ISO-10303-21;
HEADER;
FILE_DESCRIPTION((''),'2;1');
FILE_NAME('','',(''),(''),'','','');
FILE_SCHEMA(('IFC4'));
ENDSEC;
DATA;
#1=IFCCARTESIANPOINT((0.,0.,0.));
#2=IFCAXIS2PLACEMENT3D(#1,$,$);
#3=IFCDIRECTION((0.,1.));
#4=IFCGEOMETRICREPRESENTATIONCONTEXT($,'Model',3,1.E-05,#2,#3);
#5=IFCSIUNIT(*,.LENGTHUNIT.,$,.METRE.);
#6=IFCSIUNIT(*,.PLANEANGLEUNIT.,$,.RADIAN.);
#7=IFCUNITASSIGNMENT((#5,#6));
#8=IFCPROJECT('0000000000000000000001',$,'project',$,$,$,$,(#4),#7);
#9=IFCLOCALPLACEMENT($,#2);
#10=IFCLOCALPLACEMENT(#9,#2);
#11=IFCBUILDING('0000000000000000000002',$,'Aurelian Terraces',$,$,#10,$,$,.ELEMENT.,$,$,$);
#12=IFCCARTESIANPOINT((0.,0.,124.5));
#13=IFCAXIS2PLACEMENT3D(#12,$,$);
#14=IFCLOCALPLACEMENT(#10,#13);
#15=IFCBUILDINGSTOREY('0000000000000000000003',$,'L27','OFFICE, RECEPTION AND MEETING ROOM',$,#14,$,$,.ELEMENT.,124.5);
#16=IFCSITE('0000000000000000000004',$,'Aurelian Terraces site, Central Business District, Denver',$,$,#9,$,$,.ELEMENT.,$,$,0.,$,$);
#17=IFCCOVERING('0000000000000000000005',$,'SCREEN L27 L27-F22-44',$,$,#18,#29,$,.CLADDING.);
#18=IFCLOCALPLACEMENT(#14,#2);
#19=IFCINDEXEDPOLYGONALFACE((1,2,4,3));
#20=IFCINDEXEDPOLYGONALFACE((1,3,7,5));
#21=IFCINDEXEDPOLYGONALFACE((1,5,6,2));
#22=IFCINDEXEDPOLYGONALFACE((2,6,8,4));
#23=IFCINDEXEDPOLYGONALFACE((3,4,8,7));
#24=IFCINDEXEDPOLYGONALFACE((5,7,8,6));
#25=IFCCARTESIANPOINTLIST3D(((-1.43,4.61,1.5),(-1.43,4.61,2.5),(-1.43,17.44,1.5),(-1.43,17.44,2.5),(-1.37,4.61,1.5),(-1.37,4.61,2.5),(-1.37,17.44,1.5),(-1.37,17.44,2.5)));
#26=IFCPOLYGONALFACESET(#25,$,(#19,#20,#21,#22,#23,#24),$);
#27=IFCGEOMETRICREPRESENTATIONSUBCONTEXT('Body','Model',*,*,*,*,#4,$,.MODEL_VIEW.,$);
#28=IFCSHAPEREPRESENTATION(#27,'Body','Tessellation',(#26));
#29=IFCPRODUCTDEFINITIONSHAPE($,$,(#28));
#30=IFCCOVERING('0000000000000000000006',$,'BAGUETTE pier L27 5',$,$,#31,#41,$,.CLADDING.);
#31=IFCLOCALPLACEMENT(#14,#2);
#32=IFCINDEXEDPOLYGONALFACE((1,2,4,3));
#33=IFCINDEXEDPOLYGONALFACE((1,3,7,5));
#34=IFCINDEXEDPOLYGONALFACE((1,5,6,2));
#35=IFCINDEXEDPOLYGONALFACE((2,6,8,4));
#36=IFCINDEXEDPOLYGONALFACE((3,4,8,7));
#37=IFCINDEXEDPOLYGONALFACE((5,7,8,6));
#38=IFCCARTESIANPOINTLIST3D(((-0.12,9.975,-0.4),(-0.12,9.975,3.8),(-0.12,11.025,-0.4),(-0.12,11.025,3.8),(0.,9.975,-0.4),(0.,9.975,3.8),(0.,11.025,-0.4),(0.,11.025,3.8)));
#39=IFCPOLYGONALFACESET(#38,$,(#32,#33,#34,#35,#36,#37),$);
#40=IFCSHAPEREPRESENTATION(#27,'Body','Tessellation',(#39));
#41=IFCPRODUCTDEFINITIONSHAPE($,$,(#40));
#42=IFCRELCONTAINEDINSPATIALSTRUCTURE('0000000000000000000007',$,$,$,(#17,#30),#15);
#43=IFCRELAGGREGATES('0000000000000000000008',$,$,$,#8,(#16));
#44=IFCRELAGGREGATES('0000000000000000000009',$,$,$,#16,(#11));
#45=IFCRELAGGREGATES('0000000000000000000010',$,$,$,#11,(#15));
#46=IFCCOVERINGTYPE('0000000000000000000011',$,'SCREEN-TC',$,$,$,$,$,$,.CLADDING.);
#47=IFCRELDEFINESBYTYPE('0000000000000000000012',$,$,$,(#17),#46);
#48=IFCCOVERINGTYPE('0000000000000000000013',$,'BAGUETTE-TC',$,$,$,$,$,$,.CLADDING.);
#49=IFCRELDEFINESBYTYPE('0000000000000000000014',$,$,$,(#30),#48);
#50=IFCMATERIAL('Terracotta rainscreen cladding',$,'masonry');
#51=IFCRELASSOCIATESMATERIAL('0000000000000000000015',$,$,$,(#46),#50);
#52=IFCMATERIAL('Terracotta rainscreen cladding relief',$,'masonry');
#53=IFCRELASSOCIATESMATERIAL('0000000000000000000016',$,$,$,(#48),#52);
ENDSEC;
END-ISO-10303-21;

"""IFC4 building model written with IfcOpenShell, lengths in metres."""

from ifc_helpers import new_model, si_unit, direction, frame, origin, origin_2d, place, context, subcontext, project, spatial, rectangle, extrude, source, transform, mapped, material, type_object, element, save


model = new_model("IFC4")

# Units and contexts
model_context = context("Model", 3, precision=1e-05, world=origin(), true_north=direction((0.0, 1.0)))
body_context = subcontext(model_context, "Body", "Model", "MODEL_VIEW")
ifc_project = project(units=[si_unit("LENGTHUNIT", "METRE"), si_unit("PLANEANGLEUNIT", "RADIAN")], contexts=[model_context])

# Site, building, storey
site_placement = place(None, origin())
site = spatial("IfcSite", under=ifc_project, at=site_placement, Name="Aurelian Terraces site, Central Business District, Denver", CompositionType="ELEMENT", RefElevation=0.0)
building_placement = place(site_placement, origin())
building = spatial("IfcBuilding", under=site, at=building_placement, Name="Aurelian Terraces", CompositionType="ELEMENT")
storey_placement = place(building_placement, frame((0.0, 0.0, 124.5)))
storey = spatial("IfcBuildingStorey", under=building, at=storey_placement, Name="L27", Description="OFFICE, RECEPTION AND MEETING ROOM", CompositionType="ELEMENT", Elevation=124.5)

# Shared definitions
ifc_material_1 = material(Name="Terracotta rainscreen cladding", Category="masonry")

# Coverings
ifc_material_2 = material(Name="Terracotta rainscreen cladding relief", Category="masonry")
covering_type_1 = type_object("IfcCoveringType", Name="SCREEN-TC", PredefinedType="CLADDING", material=ifc_material_1)
shared_shape_1 = source(origin(), body_context, "Body", "SweptSolid", [
    extrude(rectangle(XDim=0.06, YDim=12.83, at=origin_2d()), origin(), (0.0, 0.0, 1.0), 1.0),
])
covering_1_placement = place(storey_placement, frame((-1.4, 11.025, 1.5), z_axis=(0.0, 0.0, 1.0), x_axis=(1.0, 0.0, 0.0)))
element("IfcCovering", 1, at=covering_1_placement, inside=storey, type_object=covering_type_1, Name="SCREEN L27 L27-F22-44", PredefinedType="CLADDING", context=body_context, shape_type="MappedRepresentation", body=[
    mapped(shared_shape_1, transform((0.0, 0.0, 0.0), scale=1.0)),
])
covering_type_2 = type_object("IfcCoveringType", Name="BAGUETTE-TC", PredefinedType="CLADDING", material=ifc_material_2)
shared_shape_2 = source(origin(), body_context, "Body", "SweptSolid", [
    extrude(rectangle(XDim=0.12, YDim=1.05, at=origin_2d()), origin(), (0.0, 0.0, 1.0), 4.2),
])
covering_2_placement = place(storey_placement, frame((-0.06, 10.5, -0.4), z_axis=(0.0, 0.0, 1.0), x_axis=(1.0, 0.0, 0.0)))
element("IfcCovering", 2, at=covering_2_placement, inside=storey, type_object=covering_type_2, Name="BAGUETTE pier L27 5", PredefinedType="CLADDING", context=body_context, shape_type="MappedRepresentation", body=[
    mapped(shared_shape_2, transform((0.0, 0.0, 0.0), scale=1.0)),
])

save(model, "model.ifc")
